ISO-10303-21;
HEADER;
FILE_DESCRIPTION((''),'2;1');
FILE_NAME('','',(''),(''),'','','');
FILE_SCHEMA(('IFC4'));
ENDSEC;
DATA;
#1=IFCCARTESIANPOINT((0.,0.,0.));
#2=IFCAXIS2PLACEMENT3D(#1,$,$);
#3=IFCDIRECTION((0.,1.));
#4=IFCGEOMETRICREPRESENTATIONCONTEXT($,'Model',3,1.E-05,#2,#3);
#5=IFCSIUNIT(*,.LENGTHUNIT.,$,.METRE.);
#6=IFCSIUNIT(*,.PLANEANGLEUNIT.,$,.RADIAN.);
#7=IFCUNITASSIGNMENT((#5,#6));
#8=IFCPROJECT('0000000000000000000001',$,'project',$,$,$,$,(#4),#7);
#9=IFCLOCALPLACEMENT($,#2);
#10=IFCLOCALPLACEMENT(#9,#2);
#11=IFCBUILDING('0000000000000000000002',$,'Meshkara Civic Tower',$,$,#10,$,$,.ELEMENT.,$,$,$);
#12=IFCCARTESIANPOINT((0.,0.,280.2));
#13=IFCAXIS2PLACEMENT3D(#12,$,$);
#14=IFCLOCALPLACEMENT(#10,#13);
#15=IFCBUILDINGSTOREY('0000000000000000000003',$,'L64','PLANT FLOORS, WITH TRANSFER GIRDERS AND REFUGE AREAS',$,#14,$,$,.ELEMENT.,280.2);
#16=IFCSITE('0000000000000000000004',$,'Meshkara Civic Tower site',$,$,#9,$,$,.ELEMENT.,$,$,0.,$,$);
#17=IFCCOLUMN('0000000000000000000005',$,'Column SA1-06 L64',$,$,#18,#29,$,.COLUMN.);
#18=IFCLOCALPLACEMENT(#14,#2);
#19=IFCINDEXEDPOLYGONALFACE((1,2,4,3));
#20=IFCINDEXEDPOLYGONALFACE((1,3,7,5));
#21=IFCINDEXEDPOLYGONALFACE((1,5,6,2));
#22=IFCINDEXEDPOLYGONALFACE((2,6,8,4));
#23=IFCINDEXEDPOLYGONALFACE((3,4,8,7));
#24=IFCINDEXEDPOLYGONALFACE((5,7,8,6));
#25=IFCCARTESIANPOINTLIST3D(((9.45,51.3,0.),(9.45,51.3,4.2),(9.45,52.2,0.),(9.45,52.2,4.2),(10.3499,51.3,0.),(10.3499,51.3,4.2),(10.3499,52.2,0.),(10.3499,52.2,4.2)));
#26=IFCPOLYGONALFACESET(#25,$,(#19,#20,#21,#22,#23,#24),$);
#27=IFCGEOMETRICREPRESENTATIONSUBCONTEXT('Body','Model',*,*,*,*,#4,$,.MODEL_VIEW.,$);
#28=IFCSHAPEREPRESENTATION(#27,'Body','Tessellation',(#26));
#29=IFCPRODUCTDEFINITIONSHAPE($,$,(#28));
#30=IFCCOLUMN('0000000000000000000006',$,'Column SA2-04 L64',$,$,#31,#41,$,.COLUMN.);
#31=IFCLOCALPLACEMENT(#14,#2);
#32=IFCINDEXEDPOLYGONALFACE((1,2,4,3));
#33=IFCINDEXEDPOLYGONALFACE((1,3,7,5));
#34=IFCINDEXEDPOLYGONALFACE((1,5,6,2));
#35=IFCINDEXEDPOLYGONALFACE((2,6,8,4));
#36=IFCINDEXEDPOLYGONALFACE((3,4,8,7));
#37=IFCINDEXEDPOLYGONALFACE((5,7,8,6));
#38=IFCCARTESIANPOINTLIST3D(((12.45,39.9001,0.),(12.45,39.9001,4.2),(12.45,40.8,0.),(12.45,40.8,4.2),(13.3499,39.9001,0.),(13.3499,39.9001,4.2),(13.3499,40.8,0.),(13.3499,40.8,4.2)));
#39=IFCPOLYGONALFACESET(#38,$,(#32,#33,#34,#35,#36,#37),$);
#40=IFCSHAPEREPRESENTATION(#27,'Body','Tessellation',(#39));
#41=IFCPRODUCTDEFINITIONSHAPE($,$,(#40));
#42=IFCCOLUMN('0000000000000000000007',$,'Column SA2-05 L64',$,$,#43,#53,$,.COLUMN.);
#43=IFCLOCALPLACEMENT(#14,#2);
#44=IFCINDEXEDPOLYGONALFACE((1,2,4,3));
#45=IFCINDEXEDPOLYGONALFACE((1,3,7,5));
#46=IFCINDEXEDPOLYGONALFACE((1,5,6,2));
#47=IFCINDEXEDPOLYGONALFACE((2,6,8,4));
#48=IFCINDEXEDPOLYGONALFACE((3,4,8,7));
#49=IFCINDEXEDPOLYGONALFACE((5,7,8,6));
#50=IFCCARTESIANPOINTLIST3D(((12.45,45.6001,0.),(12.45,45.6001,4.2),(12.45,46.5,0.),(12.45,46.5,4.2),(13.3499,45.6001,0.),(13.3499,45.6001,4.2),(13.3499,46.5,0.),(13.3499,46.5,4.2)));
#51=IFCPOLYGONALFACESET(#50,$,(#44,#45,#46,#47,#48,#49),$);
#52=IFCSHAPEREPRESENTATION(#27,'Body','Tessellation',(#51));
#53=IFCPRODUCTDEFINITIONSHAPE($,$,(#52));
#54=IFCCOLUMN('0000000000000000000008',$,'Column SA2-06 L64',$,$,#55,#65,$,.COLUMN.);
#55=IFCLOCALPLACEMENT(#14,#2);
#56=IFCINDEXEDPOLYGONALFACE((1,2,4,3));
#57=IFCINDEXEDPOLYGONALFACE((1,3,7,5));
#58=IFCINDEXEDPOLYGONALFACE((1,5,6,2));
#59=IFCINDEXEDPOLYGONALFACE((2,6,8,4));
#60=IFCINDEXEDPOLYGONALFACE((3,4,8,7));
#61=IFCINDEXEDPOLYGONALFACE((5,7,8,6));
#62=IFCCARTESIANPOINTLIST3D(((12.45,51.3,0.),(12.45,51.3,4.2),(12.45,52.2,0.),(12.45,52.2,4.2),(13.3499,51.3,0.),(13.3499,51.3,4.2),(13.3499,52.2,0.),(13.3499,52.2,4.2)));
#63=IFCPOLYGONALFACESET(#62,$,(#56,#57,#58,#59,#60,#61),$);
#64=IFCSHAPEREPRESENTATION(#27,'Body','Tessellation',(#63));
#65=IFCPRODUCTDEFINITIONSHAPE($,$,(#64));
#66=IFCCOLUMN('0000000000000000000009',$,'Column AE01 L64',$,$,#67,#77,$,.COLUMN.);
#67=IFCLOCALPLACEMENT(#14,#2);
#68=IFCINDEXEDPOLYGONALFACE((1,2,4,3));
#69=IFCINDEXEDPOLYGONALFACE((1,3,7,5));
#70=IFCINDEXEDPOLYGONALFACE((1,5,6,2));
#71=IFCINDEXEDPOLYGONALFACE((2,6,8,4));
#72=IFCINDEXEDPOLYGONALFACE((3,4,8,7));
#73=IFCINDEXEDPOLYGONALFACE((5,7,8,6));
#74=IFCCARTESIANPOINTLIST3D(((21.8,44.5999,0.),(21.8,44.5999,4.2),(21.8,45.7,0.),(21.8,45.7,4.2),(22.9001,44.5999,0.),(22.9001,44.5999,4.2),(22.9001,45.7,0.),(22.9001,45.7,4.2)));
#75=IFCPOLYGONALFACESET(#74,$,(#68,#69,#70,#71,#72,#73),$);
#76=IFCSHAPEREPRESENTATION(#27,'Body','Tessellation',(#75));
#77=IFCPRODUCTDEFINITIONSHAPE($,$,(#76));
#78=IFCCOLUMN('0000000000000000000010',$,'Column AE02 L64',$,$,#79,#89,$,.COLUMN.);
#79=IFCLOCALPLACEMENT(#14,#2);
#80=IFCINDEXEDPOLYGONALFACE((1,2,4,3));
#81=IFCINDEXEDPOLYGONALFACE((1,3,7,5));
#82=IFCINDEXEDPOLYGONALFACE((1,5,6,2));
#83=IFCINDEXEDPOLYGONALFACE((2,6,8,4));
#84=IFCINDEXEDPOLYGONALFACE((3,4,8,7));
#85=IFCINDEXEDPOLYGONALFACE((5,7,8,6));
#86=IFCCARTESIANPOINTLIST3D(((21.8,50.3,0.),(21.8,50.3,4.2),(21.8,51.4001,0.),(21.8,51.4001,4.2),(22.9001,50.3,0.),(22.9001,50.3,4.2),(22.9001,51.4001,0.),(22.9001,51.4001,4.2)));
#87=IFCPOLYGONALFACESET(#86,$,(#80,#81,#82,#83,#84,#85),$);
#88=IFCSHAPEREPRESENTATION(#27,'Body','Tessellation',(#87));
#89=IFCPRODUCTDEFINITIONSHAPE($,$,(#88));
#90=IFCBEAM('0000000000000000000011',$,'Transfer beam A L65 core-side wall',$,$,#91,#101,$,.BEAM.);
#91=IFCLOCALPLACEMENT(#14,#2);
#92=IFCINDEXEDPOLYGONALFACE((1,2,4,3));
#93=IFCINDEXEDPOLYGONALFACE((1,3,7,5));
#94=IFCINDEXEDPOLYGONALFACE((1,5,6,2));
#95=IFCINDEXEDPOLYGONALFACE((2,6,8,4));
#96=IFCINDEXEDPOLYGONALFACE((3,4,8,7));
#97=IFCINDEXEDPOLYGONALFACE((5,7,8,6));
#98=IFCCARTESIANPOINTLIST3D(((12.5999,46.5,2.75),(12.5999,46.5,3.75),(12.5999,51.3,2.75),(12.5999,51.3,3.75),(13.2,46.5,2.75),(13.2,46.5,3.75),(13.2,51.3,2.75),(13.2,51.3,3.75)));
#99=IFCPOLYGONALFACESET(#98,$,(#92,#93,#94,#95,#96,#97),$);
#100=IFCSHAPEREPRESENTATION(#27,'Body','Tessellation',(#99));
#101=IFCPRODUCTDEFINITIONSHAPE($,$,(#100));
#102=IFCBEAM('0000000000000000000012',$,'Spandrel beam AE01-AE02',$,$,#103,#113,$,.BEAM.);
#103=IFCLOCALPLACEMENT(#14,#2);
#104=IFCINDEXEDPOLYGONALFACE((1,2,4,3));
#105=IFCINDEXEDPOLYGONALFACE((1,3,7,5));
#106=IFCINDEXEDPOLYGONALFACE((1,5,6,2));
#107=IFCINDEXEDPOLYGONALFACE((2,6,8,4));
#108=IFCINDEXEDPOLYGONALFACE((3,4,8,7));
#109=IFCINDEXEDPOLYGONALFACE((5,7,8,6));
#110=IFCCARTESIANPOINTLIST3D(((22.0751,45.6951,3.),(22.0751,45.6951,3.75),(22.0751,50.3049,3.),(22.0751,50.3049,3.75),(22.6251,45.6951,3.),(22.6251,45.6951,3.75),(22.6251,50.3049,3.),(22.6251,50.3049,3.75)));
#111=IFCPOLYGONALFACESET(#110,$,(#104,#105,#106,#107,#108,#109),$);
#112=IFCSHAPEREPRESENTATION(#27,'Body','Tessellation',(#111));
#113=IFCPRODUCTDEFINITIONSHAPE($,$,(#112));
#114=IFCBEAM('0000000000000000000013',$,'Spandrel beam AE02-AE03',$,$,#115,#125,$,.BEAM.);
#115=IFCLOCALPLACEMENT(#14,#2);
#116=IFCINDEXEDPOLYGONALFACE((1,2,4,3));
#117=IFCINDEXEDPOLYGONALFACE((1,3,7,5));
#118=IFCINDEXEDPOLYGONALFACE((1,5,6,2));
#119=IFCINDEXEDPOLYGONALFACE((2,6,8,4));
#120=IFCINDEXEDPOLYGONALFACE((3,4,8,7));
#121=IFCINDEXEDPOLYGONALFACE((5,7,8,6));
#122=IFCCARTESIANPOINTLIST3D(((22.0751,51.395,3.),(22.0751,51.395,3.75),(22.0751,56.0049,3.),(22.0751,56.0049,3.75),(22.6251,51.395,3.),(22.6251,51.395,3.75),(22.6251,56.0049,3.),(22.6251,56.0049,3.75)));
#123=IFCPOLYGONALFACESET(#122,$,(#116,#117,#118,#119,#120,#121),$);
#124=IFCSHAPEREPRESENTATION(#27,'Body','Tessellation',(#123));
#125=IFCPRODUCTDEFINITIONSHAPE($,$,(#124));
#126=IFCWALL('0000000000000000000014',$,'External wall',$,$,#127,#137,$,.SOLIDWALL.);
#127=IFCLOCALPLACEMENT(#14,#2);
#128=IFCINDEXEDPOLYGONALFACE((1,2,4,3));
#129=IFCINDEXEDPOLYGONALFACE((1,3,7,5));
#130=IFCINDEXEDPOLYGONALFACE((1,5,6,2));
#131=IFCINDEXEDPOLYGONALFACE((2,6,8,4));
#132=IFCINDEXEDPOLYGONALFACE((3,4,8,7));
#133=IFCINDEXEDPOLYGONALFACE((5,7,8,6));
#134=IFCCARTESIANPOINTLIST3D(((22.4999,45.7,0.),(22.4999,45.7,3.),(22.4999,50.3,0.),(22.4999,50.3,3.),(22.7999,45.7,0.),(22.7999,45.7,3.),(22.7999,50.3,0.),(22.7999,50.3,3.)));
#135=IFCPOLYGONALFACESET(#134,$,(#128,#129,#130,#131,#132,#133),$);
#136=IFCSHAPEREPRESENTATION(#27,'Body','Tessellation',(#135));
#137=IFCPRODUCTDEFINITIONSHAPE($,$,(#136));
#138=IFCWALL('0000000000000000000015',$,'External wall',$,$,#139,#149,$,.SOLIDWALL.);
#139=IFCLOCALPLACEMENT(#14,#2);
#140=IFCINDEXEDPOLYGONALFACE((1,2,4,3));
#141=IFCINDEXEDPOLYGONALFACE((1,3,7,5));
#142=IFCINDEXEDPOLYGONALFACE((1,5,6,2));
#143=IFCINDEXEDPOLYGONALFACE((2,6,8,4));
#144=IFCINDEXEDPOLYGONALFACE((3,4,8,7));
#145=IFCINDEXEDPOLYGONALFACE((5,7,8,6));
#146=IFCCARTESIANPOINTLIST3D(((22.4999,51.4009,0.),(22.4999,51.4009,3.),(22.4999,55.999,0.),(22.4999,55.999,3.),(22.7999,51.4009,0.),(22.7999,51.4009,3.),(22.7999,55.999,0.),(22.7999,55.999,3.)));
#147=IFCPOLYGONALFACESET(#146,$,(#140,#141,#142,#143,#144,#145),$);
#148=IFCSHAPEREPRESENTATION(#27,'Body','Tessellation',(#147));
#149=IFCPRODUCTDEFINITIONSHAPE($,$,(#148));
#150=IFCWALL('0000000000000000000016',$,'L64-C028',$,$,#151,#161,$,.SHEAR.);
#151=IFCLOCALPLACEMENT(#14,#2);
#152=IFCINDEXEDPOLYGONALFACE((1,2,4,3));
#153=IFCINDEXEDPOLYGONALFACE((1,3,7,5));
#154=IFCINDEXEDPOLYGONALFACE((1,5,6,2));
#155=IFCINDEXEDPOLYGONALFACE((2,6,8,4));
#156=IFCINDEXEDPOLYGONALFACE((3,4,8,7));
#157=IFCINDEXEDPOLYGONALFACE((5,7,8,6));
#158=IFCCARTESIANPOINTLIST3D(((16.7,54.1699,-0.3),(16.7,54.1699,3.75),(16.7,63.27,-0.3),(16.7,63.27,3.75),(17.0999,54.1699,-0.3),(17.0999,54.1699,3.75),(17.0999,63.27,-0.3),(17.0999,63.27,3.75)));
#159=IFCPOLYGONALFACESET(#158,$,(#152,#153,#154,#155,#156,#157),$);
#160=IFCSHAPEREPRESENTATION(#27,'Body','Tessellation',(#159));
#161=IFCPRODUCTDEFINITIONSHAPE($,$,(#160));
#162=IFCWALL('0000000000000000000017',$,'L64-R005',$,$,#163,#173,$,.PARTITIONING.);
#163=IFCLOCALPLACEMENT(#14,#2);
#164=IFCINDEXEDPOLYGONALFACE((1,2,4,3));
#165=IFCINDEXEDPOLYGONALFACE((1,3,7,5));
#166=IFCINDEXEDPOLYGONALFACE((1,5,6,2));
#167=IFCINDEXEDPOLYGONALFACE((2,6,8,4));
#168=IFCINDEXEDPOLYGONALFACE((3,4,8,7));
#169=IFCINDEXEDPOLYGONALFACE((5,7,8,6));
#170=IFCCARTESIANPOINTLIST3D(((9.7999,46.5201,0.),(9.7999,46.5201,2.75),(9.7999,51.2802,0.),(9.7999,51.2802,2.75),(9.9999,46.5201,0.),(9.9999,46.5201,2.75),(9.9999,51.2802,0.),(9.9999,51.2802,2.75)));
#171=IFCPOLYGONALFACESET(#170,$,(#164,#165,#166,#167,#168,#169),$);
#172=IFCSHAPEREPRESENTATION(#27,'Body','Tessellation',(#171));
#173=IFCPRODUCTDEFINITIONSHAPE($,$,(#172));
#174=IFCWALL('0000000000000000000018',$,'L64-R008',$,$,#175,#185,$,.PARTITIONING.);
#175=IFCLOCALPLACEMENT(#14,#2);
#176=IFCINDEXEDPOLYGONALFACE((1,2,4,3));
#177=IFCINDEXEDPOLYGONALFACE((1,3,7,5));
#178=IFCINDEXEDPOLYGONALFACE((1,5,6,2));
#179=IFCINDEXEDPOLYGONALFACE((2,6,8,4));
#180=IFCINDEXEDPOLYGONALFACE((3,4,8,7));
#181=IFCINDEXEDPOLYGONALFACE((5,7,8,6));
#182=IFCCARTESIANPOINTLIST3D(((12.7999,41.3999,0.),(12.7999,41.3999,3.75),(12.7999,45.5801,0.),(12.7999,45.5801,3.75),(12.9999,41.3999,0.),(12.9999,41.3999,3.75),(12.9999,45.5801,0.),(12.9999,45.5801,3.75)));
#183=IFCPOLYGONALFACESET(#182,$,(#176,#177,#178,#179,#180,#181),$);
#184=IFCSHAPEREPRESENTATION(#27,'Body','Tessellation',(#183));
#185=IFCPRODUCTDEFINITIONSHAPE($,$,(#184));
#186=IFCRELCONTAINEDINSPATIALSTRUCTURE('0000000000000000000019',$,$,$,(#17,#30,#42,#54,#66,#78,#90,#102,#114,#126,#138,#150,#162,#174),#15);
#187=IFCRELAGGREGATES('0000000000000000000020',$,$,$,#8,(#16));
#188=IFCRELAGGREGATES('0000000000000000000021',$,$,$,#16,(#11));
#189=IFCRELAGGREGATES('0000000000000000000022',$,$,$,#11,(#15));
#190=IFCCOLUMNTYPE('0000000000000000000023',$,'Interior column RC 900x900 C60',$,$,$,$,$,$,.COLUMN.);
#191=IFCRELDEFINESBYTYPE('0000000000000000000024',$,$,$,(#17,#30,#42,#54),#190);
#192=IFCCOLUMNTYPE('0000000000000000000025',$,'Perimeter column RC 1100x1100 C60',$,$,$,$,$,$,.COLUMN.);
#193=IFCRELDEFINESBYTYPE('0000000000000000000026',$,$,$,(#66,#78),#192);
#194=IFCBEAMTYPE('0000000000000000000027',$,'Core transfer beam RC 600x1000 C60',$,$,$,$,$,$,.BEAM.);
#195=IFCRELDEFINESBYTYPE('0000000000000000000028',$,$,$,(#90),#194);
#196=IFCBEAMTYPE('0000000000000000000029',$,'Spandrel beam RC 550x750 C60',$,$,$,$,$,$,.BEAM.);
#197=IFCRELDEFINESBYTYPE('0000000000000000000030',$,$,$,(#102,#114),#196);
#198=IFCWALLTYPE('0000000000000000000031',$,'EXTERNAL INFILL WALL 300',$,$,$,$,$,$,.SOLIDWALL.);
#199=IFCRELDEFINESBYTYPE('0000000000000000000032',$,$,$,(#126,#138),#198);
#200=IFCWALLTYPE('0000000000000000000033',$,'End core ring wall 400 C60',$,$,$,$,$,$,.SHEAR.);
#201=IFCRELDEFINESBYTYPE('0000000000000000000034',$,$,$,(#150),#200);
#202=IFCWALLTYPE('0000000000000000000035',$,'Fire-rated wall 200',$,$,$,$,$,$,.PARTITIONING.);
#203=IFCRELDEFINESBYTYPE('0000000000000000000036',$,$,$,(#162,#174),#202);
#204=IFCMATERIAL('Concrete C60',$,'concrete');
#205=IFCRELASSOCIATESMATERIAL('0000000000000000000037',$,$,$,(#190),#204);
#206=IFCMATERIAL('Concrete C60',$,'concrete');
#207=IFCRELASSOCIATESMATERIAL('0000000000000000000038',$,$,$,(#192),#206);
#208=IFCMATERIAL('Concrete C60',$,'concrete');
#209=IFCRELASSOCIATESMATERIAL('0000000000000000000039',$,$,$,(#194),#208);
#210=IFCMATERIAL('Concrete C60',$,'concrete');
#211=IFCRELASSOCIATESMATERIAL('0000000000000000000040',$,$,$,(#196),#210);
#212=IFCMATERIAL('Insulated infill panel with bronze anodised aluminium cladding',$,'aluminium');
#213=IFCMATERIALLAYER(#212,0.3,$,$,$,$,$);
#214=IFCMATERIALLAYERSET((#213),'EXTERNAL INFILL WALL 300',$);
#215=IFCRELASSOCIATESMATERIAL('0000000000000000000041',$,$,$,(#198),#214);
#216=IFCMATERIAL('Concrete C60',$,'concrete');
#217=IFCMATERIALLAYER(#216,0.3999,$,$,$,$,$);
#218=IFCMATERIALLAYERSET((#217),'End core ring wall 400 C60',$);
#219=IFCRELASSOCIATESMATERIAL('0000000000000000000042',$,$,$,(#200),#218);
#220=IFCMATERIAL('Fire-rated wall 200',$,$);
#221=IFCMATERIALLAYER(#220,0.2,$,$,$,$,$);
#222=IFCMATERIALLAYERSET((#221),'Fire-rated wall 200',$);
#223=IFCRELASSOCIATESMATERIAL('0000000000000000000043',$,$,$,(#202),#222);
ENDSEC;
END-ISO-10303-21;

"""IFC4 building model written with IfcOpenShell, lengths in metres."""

from ifc_helpers import new_model, si_unit, direction, frame, frame_2d, origin, origin_2d, place, context, subcontext, project, spatial, rectangle, extrude, material, layer, layer_set, material_profile, profile_set, type_object, element, save


model = new_model("IFC4")

# Units and contexts
model_context = context("Model", 3, precision=1e-05, world=origin(), true_north=direction((0.0, 1.0)))
body_context = subcontext(model_context, "Body", "Model", "MODEL_VIEW")
ifc_project = project(units=[si_unit("LENGTHUNIT", "METRE"), si_unit("PLANEANGLEUNIT", "RADIAN")], contexts=[model_context])

# Site, building, storey
site_placement = place(None, origin())
site = spatial("IfcSite", under=ifc_project, at=site_placement, Name="Meshkara Civic Tower site", CompositionType="ELEMENT", RefElevation=0.0)
building_placement = place(site_placement, origin())
building = spatial("IfcBuilding", under=site, at=building_placement, Name="Meshkara Civic Tower", CompositionType="ELEMENT")
storey_placement = place(building_placement, frame((0.0, 0.0, 280.2)))
storey = spatial("IfcBuildingStorey", under=building, at=storey_placement, Name="L64", Description="PLANT FLOORS, WITH TRANSFER GIRDERS AND REFUGE AREAS", CompositionType="ELEMENT", Elevation=280.2)

# Columns
ifc_material_1 = material(Name="Concrete C60", Category="concrete")
ifc_material_profile_1 = material_profile(ifc_material_1, rectangle(XDim=0.8999, YDim=0.8999, at=origin_2d()))
ifc_profile_set_1 = profile_set([ifc_material_profile_1], Name="Concrete C60")
column_type_1 = type_object("IfcColumnType", Name="Interior column RC 900x900 C60", PredefinedType="COLUMN", material=ifc_profile_set_1)
for number, where, z_axis, x_axis, name in (
    (1, (9.8999, 51.75, 0.0), (0.0, 0.0, 1.0), (1.0, 0.0, 0.0), "Column SA1-06 L64"),
    (2, (12.8999, 40.3501, 0.0), (0.0, 0.0, 1.0), (1.0, 0.0, 0.0), "Column SA2-04 L64"),
    (3, (12.8999, 46.05, 0.0), (0.0, 0.0, 1.0), (1.0, 0.0, 0.0), "Column SA2-05 L64"),
    (4, (12.8999, 51.75, 0.0), (0.0, 0.0, 1.0), (1.0, 0.0, 0.0), "Column SA2-06 L64"),
):
    element("IfcColumn", number, at=place(storey_placement, frame(where, z_axis=z_axis, x_axis=x_axis)), inside=storey, type_object=column_type_1, Name=name, PredefinedType="COLUMN", context=body_context, shape_type="SweptSolid", body=[
        extrude(rectangle(XDim=0.8999, YDim=0.8999, at=origin_2d()), origin(), (0.0, 0.0, 1.0), 4.2),
    ])
ifc_material_2 = material(Name="Concrete C60", Category="concrete")
ifc_material_profile_2 = material_profile(ifc_material_2, rectangle(XDim=1.1001, YDim=1.1001, at=origin_2d()))
ifc_profile_set_2 = profile_set([ifc_material_profile_2], Name="Concrete C60")
column_type_2 = type_object("IfcColumnType", Name="Perimeter column RC 1100x1100 C60", PredefinedType="COLUMN", material=ifc_profile_set_2)
for number, where, z_axis, x_axis, name in (
    (5, (22.3501, 45.1499, 0.0), (0.0, 0.0, 1.0), (1.0, 0.0, 0.0), "Column AE01 L64"),
    (6, (22.3501, 50.8501, 0.0), (0.0, 0.0, 1.0), (1.0, 0.0, 0.0), "Column AE02 L64"),
):
    element("IfcColumn", number, at=place(storey_placement, frame(where, z_axis=z_axis, x_axis=x_axis)), inside=storey, type_object=column_type_2, Name=name, PredefinedType="COLUMN", context=body_context, shape_type="SweptSolid", body=[
        extrude(rectangle(XDim=1.1001, YDim=1.1001, at=origin_2d()), origin(), (0.0, 0.0, 1.0), 4.2),
    ])

# Beams
ifc_material_3 = material(Name="Concrete C60", Category="concrete")
ifc_material_profile_3 = material_profile(ifc_material_3, rectangle(XDim=0.6001, YDim=1.0, at=origin_2d()))
ifc_profile_set_3 = profile_set([ifc_material_profile_3], Name="Concrete C60")
beam_type_1 = type_object("IfcBeamType", Name="Core transfer beam RC 600x1000 C60", PredefinedType="BEAM", material=ifc_profile_set_3)
beam_placement = place(storey_placement, frame((12.8999, 46.5, 3.25), z_axis=(0.0, 1.0, 0.0), x_axis=(-1.0, 0.0, 0.0)))
element("IfcBeam", 7, at=beam_placement, inside=storey, type_object=beam_type_1, Name="Transfer beam A L65 core-side wall", PredefinedType="BEAM", context=body_context, shape_type="SweptSolid", body=[
    extrude(rectangle(XDim=0.6001, YDim=1.0, at=origin_2d()), origin(), (0.0, 0.0, 1.0), 4.8),
])
ifc_material_4 = material(Name="Concrete C60", Category="concrete")
ifc_material_profile_4 = material_profile(ifc_material_4, rectangle(XDim=0.55, YDim=0.75, at=origin_2d()))
ifc_profile_set_4 = profile_set([ifc_material_profile_4], Name="Concrete C60")
beam_type_2 = type_object("IfcBeamType", Name="Spandrel beam RC 550x750 C60", PredefinedType="BEAM", material=ifc_profile_set_4)
for number, where, z_axis, x_axis, name in (
    (8, (22.3501, 45.6951, 3.375), (0.0, 1.0, 0.0), (-1.0, 0.0, 0.0), "Spandrel beam AE01-AE02"),
    (9, (22.3501, 51.395, 3.375), (0.0, 1.0, 0.0), (-1.0, 0.0, 0.0), "Spandrel beam AE02-AE03"),
):
    element("IfcBeam", number, at=place(storey_placement, frame(where, z_axis=z_axis, x_axis=x_axis)), inside=storey, type_object=beam_type_2, Name=name, PredefinedType="BEAM", context=body_context, shape_type="SweptSolid", body=[
        extrude(rectangle(XDim=0.55, YDim=0.75, at=origin_2d()), origin(), (0.0, 0.0, 1.0), 4.6099),
    ])

# Walls
ifc_material_5 = material(Name="Insulated infill panel with bronze anodised aluminium cladding", Category="aluminium")
ifc_layer_1 = layer(ifc_material_5, 0.3)
ifc_layer_set_1 = layer_set([ifc_layer_1], Name="EXTERNAL INFILL WALL 300")
wall_type_1 = type_object("IfcWallType", Name="EXTERNAL INFILL WALL 300", PredefinedType="SOLIDWALL", material=ifc_layer_set_1)
wall_1_placement = place(storey_placement, frame((22.6499, 45.7, 0.0), z_axis=(0.0, 0.0, 1.0), x_axis=(0.0, 1.0, 0.0)))
element("IfcWall", 10, at=wall_1_placement, inside=storey, type_object=wall_type_1, Name="External wall", PredefinedType="SOLIDWALL", context=body_context, shape_type="SweptSolid", body=[
    extrude(rectangle(XDim=4.6001, YDim=0.3, at=frame_2d((2.3, 0.0))), origin(), (0.0, 0.0, 1.0), 3.0),
])
wall_2_placement = place(storey_placement, frame((22.6499, 51.4009, 0.0), z_axis=(0.0, 0.0, 1.0), x_axis=(0.0, 1.0, 0.0)))
element("IfcWall", 11, at=wall_2_placement, inside=storey, type_object=wall_type_1, Name="External wall", PredefinedType="SOLIDWALL", context=body_context, shape_type="SweptSolid", body=[
    extrude(rectangle(XDim=4.5981, YDim=0.3, at=frame_2d((2.2991, 0.0))), origin(), (0.0, 0.0, 1.0), 3.0),
])
ifc_material_6 = material(Name="Concrete C60", Category="concrete")
ifc_layer_2 = layer(ifc_material_6, 0.3999)
ifc_layer_set_2 = layer_set([ifc_layer_2], Name="End core ring wall 400 C60")
wall_type_2 = type_object("IfcWallType", Name="End core ring wall 400 C60", PredefinedType="SHEAR", material=ifc_layer_set_2)
wall_3_placement = place(storey_placement, frame((16.8999, 54.1699, -0.3), z_axis=(0.0, 0.0, 1.0), x_axis=(0.0, 1.0, 0.0)))
element("IfcWall", 12, at=wall_3_placement, inside=storey, type_object=wall_type_2, Name="L64-C028", PredefinedType="SHEAR", context=body_context, shape_type="SweptSolid", body=[
    extrude(rectangle(XDim=9.1001, YDim=0.3999, at=frame_2d((4.55, 0.0))), origin(), (0.0, 0.0, 1.0), 4.05),
])
ifc_material_7 = material(Name="Fire-rated wall 200")
ifc_layer_3 = layer(ifc_material_7, 0.2)
ifc_layer_set_3 = layer_set([ifc_layer_3], Name="Fire-rated wall 200")
wall_type_3 = type_object("IfcWallType", Name="Fire-rated wall 200", PredefinedType="PARTITIONING", material=ifc_layer_set_3)
wall_4_placement = place(storey_placement, frame((9.8999, 51.28, 0.0), z_axis=(0.0, 0.0, 1.0), x_axis=(0.0, -1.0, 0.0)))
element("IfcWall", 13, at=wall_4_placement, inside=storey, type_object=wall_type_3, Name="L64-R005", PredefinedType="PARTITIONING", context=body_context, shape_type="SweptSolid", body=[
    extrude(rectangle(XDim=4.76, YDim=0.2, at=frame_2d((2.3799, 0.0))), origin(), (0.0, 0.0, 1.0), 2.75),
])
wall_5_placement = place(storey_placement, frame((12.8999, 41.3999, 0.0), z_axis=(0.0, 0.0, 1.0), x_axis=(0.0, 1.0, 0.0)))
element("IfcWall", 14, at=wall_5_placement, inside=storey, type_object=wall_type_3, Name="L64-R008", PredefinedType="PARTITIONING", context=body_context, shape_type="SweptSolid", body=[
    extrude(rectangle(XDim=4.1802, YDim=0.2, at=frame_2d((2.0901, 0.0))), origin(), (0.0, 0.0, 1.0), 3.75),
])

save(model, "model.ifc")
